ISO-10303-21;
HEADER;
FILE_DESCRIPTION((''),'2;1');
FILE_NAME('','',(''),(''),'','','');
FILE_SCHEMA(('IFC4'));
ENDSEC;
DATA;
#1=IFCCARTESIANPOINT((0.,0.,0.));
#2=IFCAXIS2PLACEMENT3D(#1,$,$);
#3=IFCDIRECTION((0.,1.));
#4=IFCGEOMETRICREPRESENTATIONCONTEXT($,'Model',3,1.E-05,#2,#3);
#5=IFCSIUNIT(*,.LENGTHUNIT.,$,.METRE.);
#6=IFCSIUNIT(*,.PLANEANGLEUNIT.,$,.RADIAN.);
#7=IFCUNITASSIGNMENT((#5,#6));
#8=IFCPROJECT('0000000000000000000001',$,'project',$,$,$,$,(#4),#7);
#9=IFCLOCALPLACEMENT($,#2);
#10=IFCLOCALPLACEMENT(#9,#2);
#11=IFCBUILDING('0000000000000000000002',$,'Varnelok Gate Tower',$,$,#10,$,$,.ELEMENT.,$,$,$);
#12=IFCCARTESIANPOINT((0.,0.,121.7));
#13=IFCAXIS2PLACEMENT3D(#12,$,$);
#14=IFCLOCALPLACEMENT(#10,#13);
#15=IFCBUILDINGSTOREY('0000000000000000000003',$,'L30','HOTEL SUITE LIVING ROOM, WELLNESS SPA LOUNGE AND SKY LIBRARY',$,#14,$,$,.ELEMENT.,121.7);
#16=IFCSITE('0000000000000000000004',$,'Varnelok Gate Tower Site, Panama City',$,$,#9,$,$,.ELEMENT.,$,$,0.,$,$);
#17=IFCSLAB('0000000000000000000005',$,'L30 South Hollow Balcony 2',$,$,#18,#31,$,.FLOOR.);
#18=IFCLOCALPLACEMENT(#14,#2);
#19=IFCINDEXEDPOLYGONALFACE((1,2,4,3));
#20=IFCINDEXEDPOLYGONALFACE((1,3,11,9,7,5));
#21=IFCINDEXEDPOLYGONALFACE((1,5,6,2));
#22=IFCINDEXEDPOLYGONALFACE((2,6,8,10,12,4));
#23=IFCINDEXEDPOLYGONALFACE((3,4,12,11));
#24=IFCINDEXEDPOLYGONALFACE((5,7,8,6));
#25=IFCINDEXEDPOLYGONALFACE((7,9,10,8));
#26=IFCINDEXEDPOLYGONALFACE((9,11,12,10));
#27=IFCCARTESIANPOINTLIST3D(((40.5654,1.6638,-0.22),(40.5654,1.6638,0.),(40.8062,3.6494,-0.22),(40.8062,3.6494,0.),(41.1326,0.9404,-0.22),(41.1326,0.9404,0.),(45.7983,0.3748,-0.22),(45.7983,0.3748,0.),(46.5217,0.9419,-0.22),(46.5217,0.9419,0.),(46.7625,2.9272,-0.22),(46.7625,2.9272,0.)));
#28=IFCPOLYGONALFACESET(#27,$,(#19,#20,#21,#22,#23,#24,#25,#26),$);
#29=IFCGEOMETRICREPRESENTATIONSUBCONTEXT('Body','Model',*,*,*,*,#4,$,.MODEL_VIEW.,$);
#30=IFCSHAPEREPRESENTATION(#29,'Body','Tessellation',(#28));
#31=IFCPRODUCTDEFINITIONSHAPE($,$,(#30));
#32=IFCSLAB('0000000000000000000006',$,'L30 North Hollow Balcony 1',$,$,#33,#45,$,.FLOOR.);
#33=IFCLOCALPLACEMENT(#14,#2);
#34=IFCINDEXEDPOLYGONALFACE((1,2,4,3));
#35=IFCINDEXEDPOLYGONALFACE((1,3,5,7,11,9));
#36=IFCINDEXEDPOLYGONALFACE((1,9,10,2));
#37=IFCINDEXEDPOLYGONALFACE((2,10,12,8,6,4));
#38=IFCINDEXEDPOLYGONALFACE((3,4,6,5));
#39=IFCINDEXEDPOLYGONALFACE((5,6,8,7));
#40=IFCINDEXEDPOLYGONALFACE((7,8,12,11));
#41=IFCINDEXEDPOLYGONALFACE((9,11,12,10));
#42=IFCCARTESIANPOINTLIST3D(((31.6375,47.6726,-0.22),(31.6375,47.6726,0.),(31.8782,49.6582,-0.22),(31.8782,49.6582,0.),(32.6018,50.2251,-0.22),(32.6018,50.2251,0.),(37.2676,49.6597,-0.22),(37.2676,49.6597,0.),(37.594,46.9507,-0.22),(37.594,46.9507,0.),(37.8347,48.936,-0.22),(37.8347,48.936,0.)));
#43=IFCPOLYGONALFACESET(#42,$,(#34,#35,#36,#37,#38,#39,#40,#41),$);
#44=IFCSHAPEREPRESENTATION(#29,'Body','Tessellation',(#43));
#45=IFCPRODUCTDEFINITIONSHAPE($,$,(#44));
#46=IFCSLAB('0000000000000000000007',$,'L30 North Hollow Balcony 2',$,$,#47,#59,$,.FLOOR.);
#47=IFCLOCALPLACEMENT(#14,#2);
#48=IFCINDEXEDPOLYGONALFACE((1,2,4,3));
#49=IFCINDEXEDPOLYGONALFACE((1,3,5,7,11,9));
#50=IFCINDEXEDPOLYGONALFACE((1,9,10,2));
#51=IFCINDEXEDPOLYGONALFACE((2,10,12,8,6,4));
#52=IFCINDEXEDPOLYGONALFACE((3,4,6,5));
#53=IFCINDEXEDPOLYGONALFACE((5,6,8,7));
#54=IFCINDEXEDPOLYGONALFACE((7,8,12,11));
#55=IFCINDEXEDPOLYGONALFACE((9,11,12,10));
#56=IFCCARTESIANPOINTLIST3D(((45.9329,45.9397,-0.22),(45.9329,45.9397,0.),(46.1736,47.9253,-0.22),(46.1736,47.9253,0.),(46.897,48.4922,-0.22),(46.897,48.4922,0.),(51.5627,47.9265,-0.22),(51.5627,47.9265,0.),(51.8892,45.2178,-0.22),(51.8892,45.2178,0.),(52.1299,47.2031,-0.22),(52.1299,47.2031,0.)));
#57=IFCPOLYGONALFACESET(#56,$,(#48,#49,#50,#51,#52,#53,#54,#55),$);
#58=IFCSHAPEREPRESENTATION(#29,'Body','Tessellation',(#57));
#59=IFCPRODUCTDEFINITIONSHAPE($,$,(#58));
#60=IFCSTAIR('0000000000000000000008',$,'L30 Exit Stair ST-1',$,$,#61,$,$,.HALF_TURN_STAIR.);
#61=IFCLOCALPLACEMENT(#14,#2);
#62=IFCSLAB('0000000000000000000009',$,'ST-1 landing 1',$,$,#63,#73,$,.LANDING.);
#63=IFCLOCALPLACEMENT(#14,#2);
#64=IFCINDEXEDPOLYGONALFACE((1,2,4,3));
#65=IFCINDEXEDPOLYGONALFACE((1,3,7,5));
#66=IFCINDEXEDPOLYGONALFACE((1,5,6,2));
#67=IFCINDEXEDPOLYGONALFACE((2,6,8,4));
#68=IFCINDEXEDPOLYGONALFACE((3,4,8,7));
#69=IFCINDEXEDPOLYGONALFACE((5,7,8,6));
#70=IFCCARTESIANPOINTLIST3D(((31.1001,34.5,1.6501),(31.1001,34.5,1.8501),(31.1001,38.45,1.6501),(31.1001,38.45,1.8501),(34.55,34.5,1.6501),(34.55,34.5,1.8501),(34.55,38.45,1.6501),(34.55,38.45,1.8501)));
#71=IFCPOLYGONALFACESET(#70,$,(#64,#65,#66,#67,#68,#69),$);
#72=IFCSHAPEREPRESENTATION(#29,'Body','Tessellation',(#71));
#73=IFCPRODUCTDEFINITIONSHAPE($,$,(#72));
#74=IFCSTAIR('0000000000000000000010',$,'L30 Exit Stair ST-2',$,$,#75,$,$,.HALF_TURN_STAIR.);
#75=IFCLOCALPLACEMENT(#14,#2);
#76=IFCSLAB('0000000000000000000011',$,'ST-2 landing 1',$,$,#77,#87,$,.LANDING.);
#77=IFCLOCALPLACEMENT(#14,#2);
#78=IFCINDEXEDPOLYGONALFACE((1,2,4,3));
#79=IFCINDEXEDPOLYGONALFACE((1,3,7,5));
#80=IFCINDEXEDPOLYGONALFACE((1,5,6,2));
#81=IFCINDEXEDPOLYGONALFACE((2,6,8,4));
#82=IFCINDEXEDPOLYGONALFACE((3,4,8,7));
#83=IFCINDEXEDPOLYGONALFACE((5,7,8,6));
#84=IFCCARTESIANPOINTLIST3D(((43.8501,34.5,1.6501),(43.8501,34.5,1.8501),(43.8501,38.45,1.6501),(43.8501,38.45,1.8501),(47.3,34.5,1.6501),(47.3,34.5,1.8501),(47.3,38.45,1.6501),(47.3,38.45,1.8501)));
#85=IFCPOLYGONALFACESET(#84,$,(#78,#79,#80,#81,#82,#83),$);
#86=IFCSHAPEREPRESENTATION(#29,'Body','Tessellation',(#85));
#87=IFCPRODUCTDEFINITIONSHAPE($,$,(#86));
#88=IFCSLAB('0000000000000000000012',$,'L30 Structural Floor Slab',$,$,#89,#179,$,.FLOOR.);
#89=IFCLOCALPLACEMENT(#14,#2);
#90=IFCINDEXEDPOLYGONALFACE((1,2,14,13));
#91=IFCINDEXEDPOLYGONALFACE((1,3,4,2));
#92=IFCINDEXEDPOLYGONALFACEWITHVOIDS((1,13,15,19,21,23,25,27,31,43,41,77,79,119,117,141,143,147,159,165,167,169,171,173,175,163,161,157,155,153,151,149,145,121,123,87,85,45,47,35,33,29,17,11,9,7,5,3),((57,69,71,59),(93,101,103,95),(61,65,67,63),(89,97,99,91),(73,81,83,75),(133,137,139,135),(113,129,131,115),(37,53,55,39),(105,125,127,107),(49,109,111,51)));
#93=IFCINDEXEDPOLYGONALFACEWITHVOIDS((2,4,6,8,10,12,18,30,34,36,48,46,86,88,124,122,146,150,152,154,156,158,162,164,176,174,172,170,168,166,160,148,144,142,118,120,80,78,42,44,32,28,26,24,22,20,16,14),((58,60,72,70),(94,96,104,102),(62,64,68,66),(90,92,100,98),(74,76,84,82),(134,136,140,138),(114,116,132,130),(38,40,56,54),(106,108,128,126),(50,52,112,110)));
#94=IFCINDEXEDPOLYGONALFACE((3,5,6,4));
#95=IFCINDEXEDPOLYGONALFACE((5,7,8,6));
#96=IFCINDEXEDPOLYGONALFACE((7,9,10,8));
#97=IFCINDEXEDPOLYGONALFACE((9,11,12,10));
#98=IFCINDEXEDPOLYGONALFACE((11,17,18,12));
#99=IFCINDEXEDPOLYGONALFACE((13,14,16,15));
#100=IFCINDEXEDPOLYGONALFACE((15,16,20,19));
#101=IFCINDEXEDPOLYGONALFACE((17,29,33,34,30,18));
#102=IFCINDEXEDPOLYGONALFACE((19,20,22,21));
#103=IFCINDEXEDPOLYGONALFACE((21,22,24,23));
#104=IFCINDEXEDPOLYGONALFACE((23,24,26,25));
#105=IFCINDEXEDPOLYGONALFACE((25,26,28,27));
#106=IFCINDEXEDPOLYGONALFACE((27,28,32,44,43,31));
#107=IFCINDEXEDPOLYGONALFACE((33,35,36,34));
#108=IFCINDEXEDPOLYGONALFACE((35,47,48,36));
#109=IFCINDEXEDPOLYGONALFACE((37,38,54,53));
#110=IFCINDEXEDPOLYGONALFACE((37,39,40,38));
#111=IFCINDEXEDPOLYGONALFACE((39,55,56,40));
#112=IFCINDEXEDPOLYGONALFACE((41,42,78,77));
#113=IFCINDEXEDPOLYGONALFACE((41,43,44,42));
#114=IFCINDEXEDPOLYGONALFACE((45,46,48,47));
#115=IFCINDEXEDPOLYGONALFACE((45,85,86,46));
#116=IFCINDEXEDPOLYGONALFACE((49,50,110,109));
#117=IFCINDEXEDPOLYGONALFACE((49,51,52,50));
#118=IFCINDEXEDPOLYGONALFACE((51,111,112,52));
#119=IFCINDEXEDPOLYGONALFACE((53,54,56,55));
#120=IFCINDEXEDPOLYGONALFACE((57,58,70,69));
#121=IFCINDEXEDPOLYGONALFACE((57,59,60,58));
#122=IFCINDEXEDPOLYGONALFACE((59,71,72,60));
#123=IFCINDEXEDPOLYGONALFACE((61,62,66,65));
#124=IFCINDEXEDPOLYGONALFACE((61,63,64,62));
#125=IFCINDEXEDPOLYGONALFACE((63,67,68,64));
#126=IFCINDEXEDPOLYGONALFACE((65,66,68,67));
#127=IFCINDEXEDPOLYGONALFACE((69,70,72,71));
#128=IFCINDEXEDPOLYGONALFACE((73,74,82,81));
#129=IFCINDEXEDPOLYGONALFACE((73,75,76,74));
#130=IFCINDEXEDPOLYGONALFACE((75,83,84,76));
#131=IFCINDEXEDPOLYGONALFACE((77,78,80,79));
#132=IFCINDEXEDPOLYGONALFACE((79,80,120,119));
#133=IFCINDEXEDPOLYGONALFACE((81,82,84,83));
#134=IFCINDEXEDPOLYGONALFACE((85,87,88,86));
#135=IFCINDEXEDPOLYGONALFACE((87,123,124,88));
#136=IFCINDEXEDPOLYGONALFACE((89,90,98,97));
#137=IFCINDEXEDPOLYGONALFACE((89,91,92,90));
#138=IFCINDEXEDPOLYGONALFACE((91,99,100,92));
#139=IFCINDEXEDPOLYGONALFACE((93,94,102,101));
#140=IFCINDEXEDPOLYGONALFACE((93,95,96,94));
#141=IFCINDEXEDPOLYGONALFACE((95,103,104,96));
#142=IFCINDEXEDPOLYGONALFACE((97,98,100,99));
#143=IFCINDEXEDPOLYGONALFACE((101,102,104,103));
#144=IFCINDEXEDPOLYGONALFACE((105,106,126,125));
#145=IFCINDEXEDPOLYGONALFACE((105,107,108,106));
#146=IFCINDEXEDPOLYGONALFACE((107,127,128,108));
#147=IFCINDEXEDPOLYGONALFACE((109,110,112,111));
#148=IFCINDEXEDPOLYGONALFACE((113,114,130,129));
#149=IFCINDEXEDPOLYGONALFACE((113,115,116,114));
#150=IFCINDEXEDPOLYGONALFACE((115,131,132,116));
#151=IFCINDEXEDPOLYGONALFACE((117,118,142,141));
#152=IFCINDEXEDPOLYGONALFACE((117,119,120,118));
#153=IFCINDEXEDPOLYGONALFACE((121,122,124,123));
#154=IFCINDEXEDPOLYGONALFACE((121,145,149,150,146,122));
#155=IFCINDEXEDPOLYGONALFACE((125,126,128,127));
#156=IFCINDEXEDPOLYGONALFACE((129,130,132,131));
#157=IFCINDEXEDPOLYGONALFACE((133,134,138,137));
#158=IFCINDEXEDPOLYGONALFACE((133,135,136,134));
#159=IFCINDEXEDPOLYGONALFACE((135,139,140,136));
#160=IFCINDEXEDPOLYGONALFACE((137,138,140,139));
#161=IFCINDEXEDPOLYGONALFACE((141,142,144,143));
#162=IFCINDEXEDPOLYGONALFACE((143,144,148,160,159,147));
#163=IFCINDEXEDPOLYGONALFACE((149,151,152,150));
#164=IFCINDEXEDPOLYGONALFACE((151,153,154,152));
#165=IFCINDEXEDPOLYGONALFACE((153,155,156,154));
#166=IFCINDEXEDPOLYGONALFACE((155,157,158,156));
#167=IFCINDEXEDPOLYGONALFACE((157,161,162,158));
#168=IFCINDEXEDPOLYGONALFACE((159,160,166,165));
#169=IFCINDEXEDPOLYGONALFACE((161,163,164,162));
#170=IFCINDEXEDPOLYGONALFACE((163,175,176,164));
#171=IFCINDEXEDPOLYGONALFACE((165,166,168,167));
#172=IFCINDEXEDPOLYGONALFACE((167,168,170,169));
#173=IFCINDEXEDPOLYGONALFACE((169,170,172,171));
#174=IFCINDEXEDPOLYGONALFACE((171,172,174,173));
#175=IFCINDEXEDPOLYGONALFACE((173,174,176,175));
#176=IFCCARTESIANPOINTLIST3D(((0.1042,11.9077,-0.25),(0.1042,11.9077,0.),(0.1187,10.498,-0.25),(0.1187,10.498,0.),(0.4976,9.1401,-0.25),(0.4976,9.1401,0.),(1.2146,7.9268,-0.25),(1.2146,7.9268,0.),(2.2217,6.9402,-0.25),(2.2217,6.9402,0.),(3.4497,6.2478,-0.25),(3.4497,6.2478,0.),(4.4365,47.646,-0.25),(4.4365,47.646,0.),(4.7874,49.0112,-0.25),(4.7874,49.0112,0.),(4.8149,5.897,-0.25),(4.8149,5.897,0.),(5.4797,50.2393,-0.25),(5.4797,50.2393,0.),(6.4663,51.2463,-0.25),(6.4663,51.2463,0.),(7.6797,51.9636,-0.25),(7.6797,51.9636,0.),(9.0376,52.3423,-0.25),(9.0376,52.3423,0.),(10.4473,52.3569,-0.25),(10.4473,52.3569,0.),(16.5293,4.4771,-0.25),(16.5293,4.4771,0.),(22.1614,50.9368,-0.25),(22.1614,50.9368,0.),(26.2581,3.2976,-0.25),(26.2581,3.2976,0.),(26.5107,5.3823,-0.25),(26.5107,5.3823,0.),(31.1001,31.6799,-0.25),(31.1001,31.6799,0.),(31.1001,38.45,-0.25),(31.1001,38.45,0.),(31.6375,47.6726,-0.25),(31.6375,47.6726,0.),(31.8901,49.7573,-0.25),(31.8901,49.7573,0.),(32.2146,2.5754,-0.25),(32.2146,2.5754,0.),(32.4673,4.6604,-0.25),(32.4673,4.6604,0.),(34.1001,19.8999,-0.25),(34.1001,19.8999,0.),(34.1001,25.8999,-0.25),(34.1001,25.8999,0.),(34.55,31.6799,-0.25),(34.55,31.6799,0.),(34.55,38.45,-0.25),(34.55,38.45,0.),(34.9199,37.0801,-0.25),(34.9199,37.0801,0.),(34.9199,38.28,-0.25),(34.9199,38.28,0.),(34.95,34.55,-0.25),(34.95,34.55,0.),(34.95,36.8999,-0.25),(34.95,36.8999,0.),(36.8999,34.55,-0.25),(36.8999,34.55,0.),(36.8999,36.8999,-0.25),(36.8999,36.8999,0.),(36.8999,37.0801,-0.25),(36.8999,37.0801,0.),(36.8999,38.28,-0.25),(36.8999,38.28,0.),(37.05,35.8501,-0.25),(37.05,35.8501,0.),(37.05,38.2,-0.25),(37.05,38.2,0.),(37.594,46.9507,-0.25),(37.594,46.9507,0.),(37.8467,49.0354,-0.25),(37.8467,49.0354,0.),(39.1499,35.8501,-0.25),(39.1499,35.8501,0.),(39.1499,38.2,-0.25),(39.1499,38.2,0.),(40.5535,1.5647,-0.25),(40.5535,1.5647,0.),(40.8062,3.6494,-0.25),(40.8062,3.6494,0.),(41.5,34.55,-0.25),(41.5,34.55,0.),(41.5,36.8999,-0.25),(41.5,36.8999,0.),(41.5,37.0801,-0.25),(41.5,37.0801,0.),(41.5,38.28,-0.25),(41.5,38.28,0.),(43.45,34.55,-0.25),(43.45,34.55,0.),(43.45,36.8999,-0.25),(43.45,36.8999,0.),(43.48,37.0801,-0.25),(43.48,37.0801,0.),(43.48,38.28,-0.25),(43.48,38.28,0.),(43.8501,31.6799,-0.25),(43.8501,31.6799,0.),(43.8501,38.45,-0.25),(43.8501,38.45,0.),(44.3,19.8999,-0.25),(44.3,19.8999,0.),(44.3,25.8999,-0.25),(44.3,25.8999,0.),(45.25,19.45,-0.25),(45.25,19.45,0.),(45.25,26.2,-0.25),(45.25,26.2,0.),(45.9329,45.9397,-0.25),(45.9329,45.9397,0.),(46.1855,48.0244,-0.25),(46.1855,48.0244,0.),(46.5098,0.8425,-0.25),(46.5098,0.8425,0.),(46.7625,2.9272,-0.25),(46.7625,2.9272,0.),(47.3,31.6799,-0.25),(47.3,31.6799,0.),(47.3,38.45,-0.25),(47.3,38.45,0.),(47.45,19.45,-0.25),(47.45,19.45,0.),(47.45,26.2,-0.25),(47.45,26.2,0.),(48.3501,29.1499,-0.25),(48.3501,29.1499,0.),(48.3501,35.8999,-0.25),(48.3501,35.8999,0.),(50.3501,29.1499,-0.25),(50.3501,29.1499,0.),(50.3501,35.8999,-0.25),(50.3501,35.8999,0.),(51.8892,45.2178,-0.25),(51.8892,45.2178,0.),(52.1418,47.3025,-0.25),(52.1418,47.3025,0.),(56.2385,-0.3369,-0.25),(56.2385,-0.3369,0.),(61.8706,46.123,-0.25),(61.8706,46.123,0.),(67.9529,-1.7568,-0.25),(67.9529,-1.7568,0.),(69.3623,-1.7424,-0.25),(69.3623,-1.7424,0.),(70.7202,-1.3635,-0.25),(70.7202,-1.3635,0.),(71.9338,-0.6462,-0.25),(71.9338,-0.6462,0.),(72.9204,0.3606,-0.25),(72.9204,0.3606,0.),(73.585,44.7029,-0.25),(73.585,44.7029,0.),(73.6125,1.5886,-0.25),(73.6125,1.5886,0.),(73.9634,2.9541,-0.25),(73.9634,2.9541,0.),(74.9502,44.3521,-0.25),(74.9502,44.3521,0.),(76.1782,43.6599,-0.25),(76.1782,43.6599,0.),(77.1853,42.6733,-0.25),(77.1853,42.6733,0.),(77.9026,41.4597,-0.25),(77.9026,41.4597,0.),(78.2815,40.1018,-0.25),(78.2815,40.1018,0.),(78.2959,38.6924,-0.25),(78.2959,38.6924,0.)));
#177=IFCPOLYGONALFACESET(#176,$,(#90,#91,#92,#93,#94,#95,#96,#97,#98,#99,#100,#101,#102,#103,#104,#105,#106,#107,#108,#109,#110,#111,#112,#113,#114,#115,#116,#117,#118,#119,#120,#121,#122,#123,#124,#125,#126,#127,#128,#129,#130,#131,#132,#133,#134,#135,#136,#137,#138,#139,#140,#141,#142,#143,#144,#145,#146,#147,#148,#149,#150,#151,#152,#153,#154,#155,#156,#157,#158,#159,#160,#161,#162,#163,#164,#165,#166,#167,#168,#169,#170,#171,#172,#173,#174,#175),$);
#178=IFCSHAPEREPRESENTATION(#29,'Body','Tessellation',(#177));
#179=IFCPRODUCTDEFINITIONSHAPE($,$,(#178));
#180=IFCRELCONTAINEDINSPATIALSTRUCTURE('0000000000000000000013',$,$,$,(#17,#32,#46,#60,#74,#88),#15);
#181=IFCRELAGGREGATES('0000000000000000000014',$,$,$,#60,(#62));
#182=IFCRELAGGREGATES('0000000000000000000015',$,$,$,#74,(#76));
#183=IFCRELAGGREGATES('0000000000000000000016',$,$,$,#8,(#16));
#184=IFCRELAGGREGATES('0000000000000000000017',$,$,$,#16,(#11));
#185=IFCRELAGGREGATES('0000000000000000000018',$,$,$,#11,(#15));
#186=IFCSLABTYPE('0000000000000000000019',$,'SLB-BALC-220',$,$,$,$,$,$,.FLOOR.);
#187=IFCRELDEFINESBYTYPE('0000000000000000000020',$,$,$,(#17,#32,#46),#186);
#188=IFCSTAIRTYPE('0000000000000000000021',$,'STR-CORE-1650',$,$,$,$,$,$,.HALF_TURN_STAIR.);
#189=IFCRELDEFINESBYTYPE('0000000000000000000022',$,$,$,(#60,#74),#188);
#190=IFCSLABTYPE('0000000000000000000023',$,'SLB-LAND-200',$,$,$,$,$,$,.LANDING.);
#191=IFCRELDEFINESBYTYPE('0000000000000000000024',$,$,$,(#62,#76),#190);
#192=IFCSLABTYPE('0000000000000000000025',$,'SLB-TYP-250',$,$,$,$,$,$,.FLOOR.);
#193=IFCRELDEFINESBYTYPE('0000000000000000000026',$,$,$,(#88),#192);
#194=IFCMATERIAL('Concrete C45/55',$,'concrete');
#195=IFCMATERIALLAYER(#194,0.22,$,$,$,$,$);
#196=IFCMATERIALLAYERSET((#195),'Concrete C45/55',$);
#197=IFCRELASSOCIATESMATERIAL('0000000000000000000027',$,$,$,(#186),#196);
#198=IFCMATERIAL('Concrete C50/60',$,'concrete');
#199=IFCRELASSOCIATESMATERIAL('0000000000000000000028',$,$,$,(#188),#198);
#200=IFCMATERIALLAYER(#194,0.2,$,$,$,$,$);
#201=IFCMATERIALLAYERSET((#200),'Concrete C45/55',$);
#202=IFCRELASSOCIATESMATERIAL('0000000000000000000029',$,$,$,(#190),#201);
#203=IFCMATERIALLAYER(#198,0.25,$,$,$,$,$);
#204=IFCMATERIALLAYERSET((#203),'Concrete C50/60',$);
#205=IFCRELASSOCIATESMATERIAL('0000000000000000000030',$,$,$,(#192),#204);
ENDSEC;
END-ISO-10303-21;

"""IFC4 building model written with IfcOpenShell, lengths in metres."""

from ifc_helpers import new_model, si_unit, direction, frame, origin, place, context, subcontext, project, spatial, polyline, outline, extrude, material, layer, layer_set, type_object, element, aggregate, save


model = new_model("IFC4")

# Units and contexts
model_context = context("Model", 3, precision=1e-05, world=origin(), true_north=direction((0.0, 1.0)))
body_context = subcontext(model_context, "Body", "Model", "MODEL_VIEW")
ifc_project = project(units=[si_unit("LENGTHUNIT", "METRE"), si_unit("PLANEANGLEUNIT", "RADIAN")], contexts=[model_context])

# Site, building, storey
site_placement = place(None, origin())
site = spatial("IfcSite", under=ifc_project, at=site_placement, Name="Varnelok Gate Tower Site, Panama City", CompositionType="ELEMENT", RefElevation=0.0)
building_placement = place(site_placement, origin())
building = spatial("IfcBuilding", under=site, at=building_placement, Name="Varnelok Gate Tower", CompositionType="ELEMENT")
storey_placement = place(building_placement, frame((0.0, 0.0, 121.7)))
storey = spatial("IfcBuildingStorey", under=building, at=storey_placement, Name="L30", Description="HOTEL SUITE LIVING ROOM, WELLNESS SPA LOUNGE AND SKY LIBRARY", CompositionType="ELEMENT", Elevation=121.7)

# Slabs
ifc_material_1 = material(Name="Concrete C45/55", Category="concrete")
ifc_layer_1 = layer(ifc_material_1, 0.22)
ifc_layer_set_1 = layer_set([ifc_layer_1], Name="Concrete C45/55")
slab_type_1 = type_object("IfcSlabType", Name="SLB-BALC-220", PredefinedType="FLOOR", material=ifc_layer_set_1)
slab_1_placement = place(storey_placement, frame((0.0, 0.0, -0.22)))
element("IfcSlab", 1, at=slab_1_placement, inside=storey, type_object=slab_type_1, Name="L30 South Hollow Balcony 2", PredefinedType="FLOOR", context=body_context, shape_type="SweptSolid", body=[
    extrude(outline(polyline([(40.5654, 1.6638), (41.1326, 0.9404), (45.7983, 0.3748), (46.5217, 0.9419), (46.7625, 2.9272), (40.8062, 3.6494), (40.5654, 1.6638)])), origin(), (0.0, 0.0, 1.0), 0.22),
])
slab_2_placement = place(storey_placement, frame((0.0, 0.0, -0.22)))
element("IfcSlab", 2, at=slab_2_placement, inside=storey, type_object=slab_type_1, Name="L30 North Hollow Balcony 1", PredefinedType="FLOOR", context=body_context, shape_type="SweptSolid", body=[
    extrude(outline(polyline([(31.6375, 47.6726), (37.594, 46.9507), (37.8347, 48.936), (37.2676, 49.6597), (32.6018, 50.2251), (31.8782, 49.6582), (31.6375, 47.6726)])), origin(), (0.0, 0.0, 1.0), 0.22),
])
slab_3_placement = place(storey_placement, frame((0.0, 0.0, -0.22)))
element("IfcSlab", 3, at=slab_3_placement, inside=storey, type_object=slab_type_1, Name="L30 North Hollow Balcony 2", PredefinedType="FLOOR", context=body_context, shape_type="SweptSolid", body=[
    extrude(outline(polyline([(45.9329, 45.9397), (51.8892, 45.2178), (52.1299, 47.2031), (51.5627, 47.9265), (46.897, 48.4922), (46.1736, 47.9253), (45.9329, 45.9397)])), origin(), (0.0, 0.0, 1.0), 0.22),
])

# Stairs, slabs
ifc_material_2 = material(Name="Concrete C50/60", Category="concrete")
stair_type = type_object("IfcStairType", Name="STR-CORE-1650", PredefinedType="HALF_TURN_STAIR", material=ifc_material_2)
stair_1_placement = place(storey_placement, origin())
stair_1 = element("IfcStair", 4, at=stair_1_placement, inside=storey, type_object=stair_type, Name="L30 Exit Stair ST-1", PredefinedType="HALF_TURN_STAIR")
ifc_layer_2 = layer(ifc_material_1, 0.2)
ifc_layer_set_2 = layer_set([ifc_layer_2], Name="Concrete C45/55")
slab_type_2 = type_object("IfcSlabType", Name="SLB-LAND-200", PredefinedType="LANDING", material=ifc_layer_set_2)
slab_4_placement = place(storey_placement, frame((0.0, 0.0, 1.6501)))
slab_4 = element("IfcSlab", 5, at=slab_4_placement, type_object=slab_type_2, Name="ST-1 landing 1", PredefinedType="LANDING", context=body_context, shape_type="SweptSolid", body=[
    extrude(outline(polyline([(34.55, 34.5), (34.55, 38.45), (31.1001, 38.45), (31.1001, 34.5), (34.55, 34.5)])), origin(), (0.0, 0.0, 1.0), 0.2),
])
aggregate(stair_1, [slab_4])
stair_2_placement = place(storey_placement, origin())
stair_2 = element("IfcStair", 6, at=stair_2_placement, inside=storey, type_object=stair_type, Name="L30 Exit Stair ST-2", PredefinedType="HALF_TURN_STAIR")
slab_5_placement = place(storey_placement, frame((0.0, 0.0, 1.6501)))
slab_5 = element("IfcSlab", 7, at=slab_5_placement, type_object=slab_type_2, Name="ST-2 landing 1", PredefinedType="LANDING", context=body_context, shape_type="SweptSolid", body=[
    extrude(outline(polyline([(47.3, 34.5), (47.3, 38.45), (43.8501, 38.45), (43.8501, 34.5), (47.3, 34.5)])), origin(), (0.0, 0.0, 1.0), 0.2),
])
aggregate(stair_2, [slab_5])

# Slab
ifc_layer_3 = layer(ifc_material_2, 0.25)
ifc_layer_set_3 = layer_set([ifc_layer_3], Name="Concrete C50/60")
slab_type_3 = type_object("IfcSlabType", Name="SLB-TYP-250", PredefinedType="FLOOR", material=ifc_layer_set_3)
slab_6_placement = place(storey_placement, frame((0.0, 0.0, -0.25)))
element("IfcSlab", 8, at=slab_6_placement, inside=storey, type_object=slab_type_3, Name="L30 Structural Floor Slab", PredefinedType="FLOOR", context=body_context, shape_type="SweptSolid", body=[
    extrude(outline(polyline([(0.1042, 11.9077), (0.1187, 10.498), (0.4976, 9.1401), (1.2146, 7.9268), (2.2217, 6.9402), (3.4497, 6.2478), (4.8149, 5.897), (16.5293, 4.4771), (26.2581, 3.2976), (26.5107, 5.3823), (32.4673, 4.6604), (32.2146, 2.5754), (40.5535, 1.5647), (40.8062, 3.6494), (46.7625, 2.9272), (46.5098, 0.8425), (56.2385, -0.3369), (67.9529, -1.7568), (69.3623, -1.7424), (70.7202, -1.3635), (71.9338, -0.6462), (72.9204, 0.3606), (73.6125, 1.5886), (73.9634, 2.9541), (78.2959, 38.6924), (78.2815, 40.1018), (77.9026, 41.4597), (77.1853, 42.6733), (76.1782, 43.6599), (74.9502, 44.3521), (73.585, 44.7029), (61.8706, 46.123), (52.1418, 47.3025), (51.8892, 45.2178), (45.9329, 45.9397), (46.1855, 48.0244), (37.8467, 49.0354), (37.594, 46.9507), (31.6375, 47.6726), (31.8901, 49.7573), (22.1614, 50.9368), (10.4473, 52.3569), (9.0376, 52.3423), (7.6797, 51.9636), (6.4663, 51.2463), (5.4797, 50.2393), (4.7874, 49.0112), (4.4365, 47.646), (0.1042, 11.9077)]), holes=[polyline([(34.55, 31.6799), (34.55, 38.45), (31.1001, 38.45), (31.1001, 31.6799), (34.55, 31.6799)]), polyline([(47.3, 31.6799), (47.3, 38.45), (43.8501, 38.45), (43.8501, 31.6799), (47.3, 31.6799)]), polyline([(34.95, 34.55), (36.8999, 34.55), (36.8999, 36.8999), (34.95, 36.8999), (34.95, 34.55)]), polyline([(41.5, 34.55), (43.45, 34.55), (43.45, 36.8999), (41.5, 36.8999), (41.5, 34.55)]), polyline([(37.05, 35.8501), (39.1499, 35.8501), (39.1499, 38.2), (37.05, 38.2), (37.05, 35.8501)]), polyline([(48.3501, 29.1499), (50.3501, 29.1499), (50.3501, 35.8999), (48.3501, 35.8999), (48.3501, 29.1499)]), polyline([(45.25, 19.45), (47.45, 19.45), (47.45, 26.2), (45.25, 26.2), (45.25, 19.45)]), polyline([(34.9199, 37.0801), (36.8999, 37.0801), (36.8999, 38.28), (34.9199, 38.28), (34.9199, 37.0801)]), polyline([(41.5, 37.0801), (43.48, 37.0801), (43.48, 38.28), (41.5, 38.28), (41.5, 37.0801)]), polyline([(34.1001, 19.8999), (44.3, 19.8999), (44.3, 25.8999), (34.1001, 25.8999), (34.1001, 19.8999)])]), origin(), (0.0, 0.0, 1.0), 0.25),
])

save(model, "model.ifc")
